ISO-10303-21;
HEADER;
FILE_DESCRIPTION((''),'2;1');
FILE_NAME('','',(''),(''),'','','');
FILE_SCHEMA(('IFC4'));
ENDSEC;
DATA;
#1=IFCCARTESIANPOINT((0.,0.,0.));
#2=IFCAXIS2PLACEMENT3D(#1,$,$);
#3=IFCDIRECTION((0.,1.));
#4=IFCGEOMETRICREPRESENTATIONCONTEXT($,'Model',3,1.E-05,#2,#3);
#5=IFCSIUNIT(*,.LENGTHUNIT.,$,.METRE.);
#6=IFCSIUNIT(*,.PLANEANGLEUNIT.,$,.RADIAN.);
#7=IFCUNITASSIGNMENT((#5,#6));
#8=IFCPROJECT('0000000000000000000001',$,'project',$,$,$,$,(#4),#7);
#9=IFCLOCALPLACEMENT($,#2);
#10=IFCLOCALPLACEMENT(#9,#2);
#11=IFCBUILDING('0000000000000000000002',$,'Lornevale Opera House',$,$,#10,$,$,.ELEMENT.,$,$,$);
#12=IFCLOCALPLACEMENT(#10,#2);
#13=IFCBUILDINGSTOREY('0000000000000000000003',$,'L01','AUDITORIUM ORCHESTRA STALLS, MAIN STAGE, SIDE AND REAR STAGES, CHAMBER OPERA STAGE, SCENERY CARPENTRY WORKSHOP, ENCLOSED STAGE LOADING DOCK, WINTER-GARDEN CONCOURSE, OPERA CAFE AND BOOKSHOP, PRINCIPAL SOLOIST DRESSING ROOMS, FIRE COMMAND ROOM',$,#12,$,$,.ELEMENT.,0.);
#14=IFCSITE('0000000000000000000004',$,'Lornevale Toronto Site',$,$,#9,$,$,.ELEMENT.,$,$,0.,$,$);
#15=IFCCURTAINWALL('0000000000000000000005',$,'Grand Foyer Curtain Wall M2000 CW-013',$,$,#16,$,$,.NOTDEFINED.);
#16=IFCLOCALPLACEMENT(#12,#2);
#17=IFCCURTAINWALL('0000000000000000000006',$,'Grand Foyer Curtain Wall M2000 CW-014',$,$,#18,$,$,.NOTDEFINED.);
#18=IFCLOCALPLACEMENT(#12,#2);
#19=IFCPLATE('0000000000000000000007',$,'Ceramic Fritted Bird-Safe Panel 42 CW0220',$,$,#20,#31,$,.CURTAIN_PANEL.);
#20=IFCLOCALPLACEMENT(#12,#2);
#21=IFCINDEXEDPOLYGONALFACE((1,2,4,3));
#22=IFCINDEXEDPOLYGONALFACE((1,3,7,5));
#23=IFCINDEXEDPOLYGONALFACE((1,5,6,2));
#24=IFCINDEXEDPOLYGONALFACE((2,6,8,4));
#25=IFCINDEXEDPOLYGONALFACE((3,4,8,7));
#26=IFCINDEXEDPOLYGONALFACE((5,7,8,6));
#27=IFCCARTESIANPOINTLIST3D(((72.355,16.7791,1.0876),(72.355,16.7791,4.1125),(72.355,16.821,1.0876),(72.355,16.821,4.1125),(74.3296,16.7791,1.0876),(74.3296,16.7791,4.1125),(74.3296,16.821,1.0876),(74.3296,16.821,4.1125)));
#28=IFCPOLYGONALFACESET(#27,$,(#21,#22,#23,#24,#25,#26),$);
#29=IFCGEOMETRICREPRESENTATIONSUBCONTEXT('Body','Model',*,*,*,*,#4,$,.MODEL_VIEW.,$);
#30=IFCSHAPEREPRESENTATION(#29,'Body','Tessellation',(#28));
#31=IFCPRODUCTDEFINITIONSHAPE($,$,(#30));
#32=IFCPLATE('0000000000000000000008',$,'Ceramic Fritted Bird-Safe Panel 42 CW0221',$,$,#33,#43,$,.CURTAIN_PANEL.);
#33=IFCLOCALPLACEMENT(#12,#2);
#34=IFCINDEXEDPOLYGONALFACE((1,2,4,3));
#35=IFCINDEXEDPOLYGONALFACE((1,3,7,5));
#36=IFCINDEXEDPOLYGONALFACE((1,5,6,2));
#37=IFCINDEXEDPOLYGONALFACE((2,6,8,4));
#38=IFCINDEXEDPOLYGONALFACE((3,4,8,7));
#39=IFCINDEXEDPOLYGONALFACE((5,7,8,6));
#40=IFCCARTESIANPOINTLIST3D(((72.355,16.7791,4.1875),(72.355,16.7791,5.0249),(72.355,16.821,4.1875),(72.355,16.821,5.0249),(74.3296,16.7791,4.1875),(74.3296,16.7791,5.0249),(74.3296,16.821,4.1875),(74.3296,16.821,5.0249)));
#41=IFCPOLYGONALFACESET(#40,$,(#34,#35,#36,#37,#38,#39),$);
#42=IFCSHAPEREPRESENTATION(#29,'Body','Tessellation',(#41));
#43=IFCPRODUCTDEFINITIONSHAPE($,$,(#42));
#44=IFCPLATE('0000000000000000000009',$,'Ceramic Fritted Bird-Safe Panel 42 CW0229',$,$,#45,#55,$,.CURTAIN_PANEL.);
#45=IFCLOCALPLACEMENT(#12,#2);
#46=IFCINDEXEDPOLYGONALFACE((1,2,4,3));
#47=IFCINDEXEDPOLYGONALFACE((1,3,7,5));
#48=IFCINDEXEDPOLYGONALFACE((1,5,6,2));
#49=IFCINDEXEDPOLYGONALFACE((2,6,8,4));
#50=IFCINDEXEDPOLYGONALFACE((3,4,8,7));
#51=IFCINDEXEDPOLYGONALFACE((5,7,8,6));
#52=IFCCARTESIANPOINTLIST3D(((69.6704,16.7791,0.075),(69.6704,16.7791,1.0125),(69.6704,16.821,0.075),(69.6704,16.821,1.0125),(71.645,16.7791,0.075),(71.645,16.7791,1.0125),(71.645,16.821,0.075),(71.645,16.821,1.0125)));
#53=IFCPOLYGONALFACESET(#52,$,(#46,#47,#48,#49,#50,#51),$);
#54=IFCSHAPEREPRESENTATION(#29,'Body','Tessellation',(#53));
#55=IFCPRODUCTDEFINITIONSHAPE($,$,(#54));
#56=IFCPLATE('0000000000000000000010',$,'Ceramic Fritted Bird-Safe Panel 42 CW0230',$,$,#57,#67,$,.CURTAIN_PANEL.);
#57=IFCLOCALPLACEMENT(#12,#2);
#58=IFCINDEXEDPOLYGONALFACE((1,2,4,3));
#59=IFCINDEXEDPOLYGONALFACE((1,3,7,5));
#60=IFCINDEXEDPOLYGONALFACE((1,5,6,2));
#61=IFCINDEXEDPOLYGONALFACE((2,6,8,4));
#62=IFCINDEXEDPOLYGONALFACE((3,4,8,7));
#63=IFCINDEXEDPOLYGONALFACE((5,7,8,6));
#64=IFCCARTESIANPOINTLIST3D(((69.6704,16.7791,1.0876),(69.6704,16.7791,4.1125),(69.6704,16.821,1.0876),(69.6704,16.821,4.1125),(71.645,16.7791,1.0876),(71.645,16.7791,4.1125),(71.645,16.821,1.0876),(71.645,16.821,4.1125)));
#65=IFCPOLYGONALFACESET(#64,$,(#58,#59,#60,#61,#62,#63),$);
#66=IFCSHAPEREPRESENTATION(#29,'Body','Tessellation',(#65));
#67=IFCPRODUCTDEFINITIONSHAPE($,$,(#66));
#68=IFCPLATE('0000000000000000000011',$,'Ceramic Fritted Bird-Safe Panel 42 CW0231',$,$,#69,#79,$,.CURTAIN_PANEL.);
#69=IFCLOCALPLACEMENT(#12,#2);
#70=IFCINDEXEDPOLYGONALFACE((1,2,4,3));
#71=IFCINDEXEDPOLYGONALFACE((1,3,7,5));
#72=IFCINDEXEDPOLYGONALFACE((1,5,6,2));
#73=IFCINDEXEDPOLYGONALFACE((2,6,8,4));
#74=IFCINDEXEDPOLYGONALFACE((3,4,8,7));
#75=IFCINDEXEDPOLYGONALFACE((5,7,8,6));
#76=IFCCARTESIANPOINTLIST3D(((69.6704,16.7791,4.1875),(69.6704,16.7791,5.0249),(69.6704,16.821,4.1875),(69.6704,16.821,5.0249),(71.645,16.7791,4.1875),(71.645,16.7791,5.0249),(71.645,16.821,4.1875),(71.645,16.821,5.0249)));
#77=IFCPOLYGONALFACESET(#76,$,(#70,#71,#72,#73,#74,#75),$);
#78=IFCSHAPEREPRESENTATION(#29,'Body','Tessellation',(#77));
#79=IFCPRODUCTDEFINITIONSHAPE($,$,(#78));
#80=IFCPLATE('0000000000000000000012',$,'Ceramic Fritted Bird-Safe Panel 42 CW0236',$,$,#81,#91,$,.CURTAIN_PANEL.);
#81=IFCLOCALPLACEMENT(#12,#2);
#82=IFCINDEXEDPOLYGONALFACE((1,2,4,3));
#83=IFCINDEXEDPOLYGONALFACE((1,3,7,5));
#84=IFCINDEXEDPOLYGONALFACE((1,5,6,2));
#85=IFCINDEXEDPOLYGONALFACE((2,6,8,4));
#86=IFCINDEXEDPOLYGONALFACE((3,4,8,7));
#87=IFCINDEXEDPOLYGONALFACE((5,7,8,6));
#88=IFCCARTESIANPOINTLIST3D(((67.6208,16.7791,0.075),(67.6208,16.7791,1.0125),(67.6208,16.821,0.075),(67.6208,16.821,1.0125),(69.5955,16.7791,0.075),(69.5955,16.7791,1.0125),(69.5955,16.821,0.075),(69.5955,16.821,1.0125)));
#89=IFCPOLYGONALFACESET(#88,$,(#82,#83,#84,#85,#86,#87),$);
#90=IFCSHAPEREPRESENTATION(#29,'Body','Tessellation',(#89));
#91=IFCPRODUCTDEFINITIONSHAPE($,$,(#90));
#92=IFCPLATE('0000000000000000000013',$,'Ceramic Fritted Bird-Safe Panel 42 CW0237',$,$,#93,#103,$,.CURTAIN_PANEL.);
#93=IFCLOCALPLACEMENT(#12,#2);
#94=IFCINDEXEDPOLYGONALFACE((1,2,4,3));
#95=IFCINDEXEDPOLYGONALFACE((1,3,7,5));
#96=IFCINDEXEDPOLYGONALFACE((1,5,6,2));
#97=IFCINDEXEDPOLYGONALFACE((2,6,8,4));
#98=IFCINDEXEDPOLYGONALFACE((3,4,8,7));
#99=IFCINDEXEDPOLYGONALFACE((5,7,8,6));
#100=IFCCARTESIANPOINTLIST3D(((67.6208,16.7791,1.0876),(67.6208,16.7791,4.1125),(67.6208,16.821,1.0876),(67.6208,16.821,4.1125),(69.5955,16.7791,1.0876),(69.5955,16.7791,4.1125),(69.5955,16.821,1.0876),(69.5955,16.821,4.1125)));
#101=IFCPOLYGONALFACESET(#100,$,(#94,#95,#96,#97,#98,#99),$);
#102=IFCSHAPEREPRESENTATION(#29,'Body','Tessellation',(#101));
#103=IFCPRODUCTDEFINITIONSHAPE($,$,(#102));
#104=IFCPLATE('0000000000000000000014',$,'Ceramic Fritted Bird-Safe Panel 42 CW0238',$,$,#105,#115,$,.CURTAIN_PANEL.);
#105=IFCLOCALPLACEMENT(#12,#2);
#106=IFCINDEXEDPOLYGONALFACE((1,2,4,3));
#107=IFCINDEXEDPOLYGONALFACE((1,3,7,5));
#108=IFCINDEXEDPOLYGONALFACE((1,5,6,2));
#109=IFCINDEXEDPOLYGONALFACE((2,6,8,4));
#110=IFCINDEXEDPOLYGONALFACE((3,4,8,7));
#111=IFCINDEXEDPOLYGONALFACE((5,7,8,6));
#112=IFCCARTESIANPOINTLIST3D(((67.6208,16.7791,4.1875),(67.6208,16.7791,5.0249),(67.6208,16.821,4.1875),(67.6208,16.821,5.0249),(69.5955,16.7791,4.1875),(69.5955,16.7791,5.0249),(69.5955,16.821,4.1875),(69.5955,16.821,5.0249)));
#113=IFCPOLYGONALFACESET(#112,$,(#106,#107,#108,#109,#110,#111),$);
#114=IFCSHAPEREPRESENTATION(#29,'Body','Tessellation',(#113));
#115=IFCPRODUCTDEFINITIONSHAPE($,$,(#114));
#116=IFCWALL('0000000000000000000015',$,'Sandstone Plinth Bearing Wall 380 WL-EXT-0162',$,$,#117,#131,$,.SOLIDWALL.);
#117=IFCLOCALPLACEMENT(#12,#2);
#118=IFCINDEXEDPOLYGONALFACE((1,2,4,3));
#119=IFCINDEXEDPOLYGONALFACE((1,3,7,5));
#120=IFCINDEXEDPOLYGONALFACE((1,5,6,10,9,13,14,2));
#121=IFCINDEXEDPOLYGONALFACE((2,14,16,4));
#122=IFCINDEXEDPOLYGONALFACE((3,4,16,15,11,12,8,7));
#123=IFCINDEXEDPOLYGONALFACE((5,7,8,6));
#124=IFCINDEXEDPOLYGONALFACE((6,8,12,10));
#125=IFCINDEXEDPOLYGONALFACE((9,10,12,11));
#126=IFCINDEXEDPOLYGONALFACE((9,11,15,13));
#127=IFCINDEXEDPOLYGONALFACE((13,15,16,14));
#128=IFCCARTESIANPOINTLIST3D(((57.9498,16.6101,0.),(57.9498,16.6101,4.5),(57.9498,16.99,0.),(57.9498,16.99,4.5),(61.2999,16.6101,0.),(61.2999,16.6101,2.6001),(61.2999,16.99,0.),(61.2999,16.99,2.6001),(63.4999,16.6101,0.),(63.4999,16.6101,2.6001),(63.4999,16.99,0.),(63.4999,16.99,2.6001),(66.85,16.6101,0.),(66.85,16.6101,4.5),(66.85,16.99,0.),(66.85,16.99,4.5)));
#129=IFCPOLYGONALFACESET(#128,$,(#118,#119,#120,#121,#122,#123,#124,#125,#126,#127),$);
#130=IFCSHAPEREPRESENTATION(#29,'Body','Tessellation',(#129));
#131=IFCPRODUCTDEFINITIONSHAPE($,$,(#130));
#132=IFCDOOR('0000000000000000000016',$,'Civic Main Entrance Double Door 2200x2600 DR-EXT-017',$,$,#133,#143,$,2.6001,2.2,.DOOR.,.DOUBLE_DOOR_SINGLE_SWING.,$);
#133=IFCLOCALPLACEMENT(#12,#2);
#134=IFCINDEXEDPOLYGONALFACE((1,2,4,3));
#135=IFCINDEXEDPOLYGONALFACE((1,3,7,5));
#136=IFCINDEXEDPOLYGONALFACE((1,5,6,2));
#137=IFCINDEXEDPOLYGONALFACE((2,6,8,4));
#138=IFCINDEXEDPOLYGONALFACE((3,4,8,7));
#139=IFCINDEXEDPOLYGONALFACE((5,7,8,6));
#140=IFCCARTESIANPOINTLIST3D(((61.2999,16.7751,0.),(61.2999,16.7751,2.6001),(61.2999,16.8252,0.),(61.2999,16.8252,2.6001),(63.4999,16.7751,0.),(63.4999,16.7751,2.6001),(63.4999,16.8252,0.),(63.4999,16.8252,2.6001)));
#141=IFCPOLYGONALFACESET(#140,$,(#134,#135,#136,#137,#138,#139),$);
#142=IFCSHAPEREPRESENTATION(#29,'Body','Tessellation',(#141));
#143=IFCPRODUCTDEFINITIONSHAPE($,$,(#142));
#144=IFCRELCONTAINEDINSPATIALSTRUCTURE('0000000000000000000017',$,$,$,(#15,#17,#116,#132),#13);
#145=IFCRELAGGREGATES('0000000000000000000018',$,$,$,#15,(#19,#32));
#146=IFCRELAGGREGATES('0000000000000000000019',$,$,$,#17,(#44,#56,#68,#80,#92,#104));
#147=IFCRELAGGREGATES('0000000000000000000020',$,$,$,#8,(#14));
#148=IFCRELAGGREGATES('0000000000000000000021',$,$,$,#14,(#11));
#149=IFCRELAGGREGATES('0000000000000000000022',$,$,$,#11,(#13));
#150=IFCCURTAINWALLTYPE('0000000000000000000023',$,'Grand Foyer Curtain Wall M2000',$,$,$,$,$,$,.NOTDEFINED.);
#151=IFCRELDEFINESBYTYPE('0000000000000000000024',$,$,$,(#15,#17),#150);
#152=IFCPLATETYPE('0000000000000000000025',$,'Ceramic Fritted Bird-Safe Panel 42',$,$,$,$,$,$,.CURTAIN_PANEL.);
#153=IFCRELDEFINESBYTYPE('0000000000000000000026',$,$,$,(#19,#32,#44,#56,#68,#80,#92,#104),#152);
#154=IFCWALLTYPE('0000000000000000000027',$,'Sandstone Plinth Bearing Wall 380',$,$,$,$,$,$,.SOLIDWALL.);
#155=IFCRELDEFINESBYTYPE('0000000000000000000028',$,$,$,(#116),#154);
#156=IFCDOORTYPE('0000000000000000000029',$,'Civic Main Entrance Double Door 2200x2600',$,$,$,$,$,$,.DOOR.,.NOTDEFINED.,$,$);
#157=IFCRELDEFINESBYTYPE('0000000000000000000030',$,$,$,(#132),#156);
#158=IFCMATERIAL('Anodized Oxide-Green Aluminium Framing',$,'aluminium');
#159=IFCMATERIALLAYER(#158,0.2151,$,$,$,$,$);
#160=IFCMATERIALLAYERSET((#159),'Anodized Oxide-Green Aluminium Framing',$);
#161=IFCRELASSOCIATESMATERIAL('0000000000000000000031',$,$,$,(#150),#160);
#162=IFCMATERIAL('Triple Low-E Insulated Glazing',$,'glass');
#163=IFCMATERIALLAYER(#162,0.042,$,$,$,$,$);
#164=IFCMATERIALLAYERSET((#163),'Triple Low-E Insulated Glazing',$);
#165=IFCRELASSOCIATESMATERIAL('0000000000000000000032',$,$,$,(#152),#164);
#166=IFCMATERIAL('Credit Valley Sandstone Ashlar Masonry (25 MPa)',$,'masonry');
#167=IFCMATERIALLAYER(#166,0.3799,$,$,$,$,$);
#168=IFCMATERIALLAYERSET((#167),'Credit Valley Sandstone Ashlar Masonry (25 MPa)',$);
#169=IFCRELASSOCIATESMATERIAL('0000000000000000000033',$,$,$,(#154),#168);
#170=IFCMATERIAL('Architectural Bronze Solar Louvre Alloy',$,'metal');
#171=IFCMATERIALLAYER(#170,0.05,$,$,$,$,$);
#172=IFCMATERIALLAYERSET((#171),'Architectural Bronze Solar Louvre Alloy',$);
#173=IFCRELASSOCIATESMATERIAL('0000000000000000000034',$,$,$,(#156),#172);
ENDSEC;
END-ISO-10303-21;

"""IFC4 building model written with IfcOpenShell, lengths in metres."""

from ifc_helpers import new_model, si_unit, direction, frame, frame_2d, origin, origin_2d, place, context, subcontext, project, spatial, rectangle, extrude, material, layer, layer_set, type_object, element, fill, aggregate, save


model = new_model("IFC4")

# Units and contexts
model_context = context("Model", 3, precision=1e-05, world=origin(), true_north=direction((0.0, 1.0)))
body_context = subcontext(model_context, "Body", "Model", "MODEL_VIEW")
ifc_project = project(units=[si_unit("LENGTHUNIT", "METRE"), si_unit("PLANEANGLEUNIT", "RADIAN")], contexts=[model_context])

# Site, building, storey
site_placement = place(None, origin())
site = spatial("IfcSite", under=ifc_project, at=site_placement, Name="Lornevale Toronto Site", CompositionType="ELEMENT", RefElevation=0.0)
building_placement = place(site_placement, origin())
building = spatial("IfcBuilding", under=site, at=building_placement, Name="Lornevale Opera House", CompositionType="ELEMENT")
storey_placement = place(building_placement, origin())
storey = spatial("IfcBuildingStorey", under=building, at=storey_placement, Name="L01", Description="AUDITORIUM ORCHESTRA STALLS, MAIN STAGE, SIDE AND REAR STAGES, CHAMBER OPERA STAGE, SCENERY CARPENTRY WORKSHOP, ENCLOSED STAGE LOADING DOCK, WINTER-GARDEN CONCOURSE, OPERA CAFE AND BOOKSHOP, PRINCIPAL SOLOIST DRESSING ROOMS, FIRE COMMAND ROOM", CompositionType="ELEMENT", Elevation=0.0)

# Curtain wall
ifc_material_1 = material(Name="Anodized Oxide-Green Aluminium Framing", Category="aluminium")
ifc_layer_1 = layer(ifc_material_1, 0.2151)
ifc_layer_set_1 = layer_set([ifc_layer_1], Name="Anodized Oxide-Green Aluminium Framing")
curtain_wall_type = type_object("IfcCurtainWallType", Name="Grand Foyer Curtain Wall M2000", PredefinedType="NOTDEFINED", material=ifc_layer_set_1)
curtain_wall_1_placement = place(storey_placement, origin())
curtain_wall_1 = element("IfcCurtainWall", 1, at=curtain_wall_1_placement, inside=storey, type_object=curtain_wall_type, Name="Grand Foyer Curtain Wall M2000 CW-013", PredefinedType="NOTDEFINED")

# Curtain wall
curtain_wall_2_placement = place(storey_placement, origin())
curtain_wall_2 = element("IfcCurtainWall", 2, at=curtain_wall_2_placement, inside=storey, type_object=curtain_wall_type, Name="Grand Foyer Curtain Wall M2000 CW-014", PredefinedType="NOTDEFINED")

# Shared definitions
ifc_material_2 = material(Name="Architectural Bronze Solar Louvre Alloy", Category="metal")

# Plates
ifc_material_3 = material(Name="Triple Low-E Insulated Glazing", Category="glass")
ifc_layer_2 = layer(ifc_material_3, 0.042)
ifc_layer_set_2 = layer_set([ifc_layer_2], Name="Triple Low-E Insulated Glazing")
plate_type = type_object("IfcPlateType", Name="Ceramic Fritted Bird-Safe Panel 42", PredefinedType="CURTAIN_PANEL", material=ifc_layer_set_2)
plate_1_placement = place(storey_placement, frame((73.3423, 16.8, 1.0876), z_axis=(0.0, 0.0, 1.0), x_axis=(-1.0, 0.0, 0.0)))
plate_1 = element("IfcPlate", 3, at=plate_1_placement, type_object=plate_type, Name="Ceramic Fritted Bird-Safe Panel 42 CW0220", PredefinedType="CURTAIN_PANEL", context=body_context, shape_type="SweptSolid", body=[
    extrude(rectangle(XDim=1.9746, YDim=0.042, at=origin_2d()), origin(), (0.0, 0.0, 1.0), 3.0249),
])
plate_2_placement = place(storey_placement, frame((73.3423, 16.8, 4.1875), z_axis=(0.0, 0.0, 1.0), x_axis=(-1.0, 0.0, 0.0)))
plate_2 = element("IfcPlate", 4, at=plate_2_placement, type_object=plate_type, Name="Ceramic Fritted Bird-Safe Panel 42 CW0221", PredefinedType="CURTAIN_PANEL", context=body_context, shape_type="SweptSolid", body=[
    extrude(rectangle(XDim=1.9746, YDim=0.042, at=origin_2d()), origin(), (0.0, 0.0, 1.0), 0.8374),
])
aggregate(curtain_wall_1, [plate_1, plate_2])
plate_3_placement = place(storey_placement, frame((70.6577, 16.8, 0.075), z_axis=(0.0, 0.0, 1.0), x_axis=(-1.0, 0.0, 0.0)))
plate_3 = element("IfcPlate", 5, at=plate_3_placement, type_object=plate_type, Name="Ceramic Fritted Bird-Safe Panel 42 CW0229", PredefinedType="CURTAIN_PANEL", context=body_context, shape_type="SweptSolid", body=[
    extrude(rectangle(XDim=1.9746, YDim=0.042, at=origin_2d()), origin(), (0.0, 0.0, 1.0), 0.9375),
])
plate_4_placement = place(storey_placement, frame((70.6577, 16.8, 1.0876), z_axis=(0.0, 0.0, 1.0), x_axis=(-1.0, 0.0, 0.0)))
plate_4 = element("IfcPlate", 6, at=plate_4_placement, type_object=plate_type, Name="Ceramic Fritted Bird-Safe Panel 42 CW0230", PredefinedType="CURTAIN_PANEL", context=body_context, shape_type="SweptSolid", body=[
    extrude(rectangle(XDim=1.9746, YDim=0.042, at=origin_2d()), origin(), (0.0, 0.0, 1.0), 3.0249),
])
plate_5_placement = place(storey_placement, frame((70.6577, 16.8, 4.1875), z_axis=(0.0, 0.0, 1.0), x_axis=(-1.0, 0.0, 0.0)))
plate_5 = element("IfcPlate", 7, at=plate_5_placement, type_object=plate_type, Name="Ceramic Fritted Bird-Safe Panel 42 CW0231", PredefinedType="CURTAIN_PANEL", context=body_context, shape_type="SweptSolid", body=[
    extrude(rectangle(XDim=1.9746, YDim=0.042, at=origin_2d()), origin(), (0.0, 0.0, 1.0), 0.8374),
])
plate_6_placement = place(storey_placement, frame((68.6082, 16.8, 0.075), z_axis=(0.0, 0.0, 1.0), x_axis=(-1.0, 0.0, 0.0)))
plate_6 = element("IfcPlate", 8, at=plate_6_placement, type_object=plate_type, Name="Ceramic Fritted Bird-Safe Panel 42 CW0236", PredefinedType="CURTAIN_PANEL", context=body_context, shape_type="SweptSolid", body=[
    extrude(rectangle(XDim=1.9746, YDim=0.042, at=origin_2d()), origin(), (0.0, 0.0, 1.0), 0.9375),
])
plate_7_placement = place(storey_placement, frame((68.6082, 16.8, 1.0876), z_axis=(0.0, 0.0, 1.0), x_axis=(-1.0, 0.0, 0.0)))
plate_7 = element("IfcPlate", 9, at=plate_7_placement, type_object=plate_type, Name="Ceramic Fritted Bird-Safe Panel 42 CW0237", PredefinedType="CURTAIN_PANEL", context=body_context, shape_type="SweptSolid", body=[
    extrude(rectangle(XDim=1.9746, YDim=0.042, at=origin_2d()), origin(), (0.0, 0.0, 1.0), 3.0249),
])
plate_8_placement = place(storey_placement, frame((68.6082, 16.8, 4.1875), z_axis=(0.0, 0.0, 1.0), x_axis=(-1.0, 0.0, 0.0)))
plate_8 = element("IfcPlate", 10, at=plate_8_placement, type_object=plate_type, Name="Ceramic Fritted Bird-Safe Panel 42 CW0238", PredefinedType="CURTAIN_PANEL", context=body_context, shape_type="SweptSolid", body=[
    extrude(rectangle(XDim=1.9746, YDim=0.042, at=origin_2d()), origin(), (0.0, 0.0, 1.0), 0.8374),
])
aggregate(curtain_wall_2, [plate_3, plate_4, plate_5, plate_6, plate_7, plate_8])

# Wall, opening, door
ifc_material_4 = material(Name="Credit Valley Sandstone Ashlar Masonry (25 MPa)", Category="masonry")
ifc_layer_3 = layer(ifc_material_4, 0.3799)
ifc_layer_set_3 = layer_set([ifc_layer_3], Name="Credit Valley Sandstone Ashlar Masonry (25 MPa)")
wall_type = type_object("IfcWallType", Name="Sandstone Plinth Bearing Wall 380", PredefinedType="SOLIDWALL", material=ifc_layer_set_3)
wall_placement = place(storey_placement, frame((66.8501, 16.8, 0.0), z_axis=(0.0, 0.0, 1.0), x_axis=(-1.0, 0.0, 0.0)))
wall = element("IfcWall", 11, at=wall_placement, inside=storey, type_object=wall_type, Name="Sandstone Plinth Bearing Wall 380 WL-EXT-0162", PredefinedType="SOLIDWALL", context=body_context, shape_type="SweptSolid", body=[
    extrude(rectangle(XDim=8.9001, YDim=0.3799, at=frame_2d((4.4502, 0.0))), origin(), (0.0, 0.0, 1.0), 4.5),
])
opening_placement = place(wall_placement, frame((3.3501, 0.0, 0.0)))
opening = element("IfcOpeningElement", 12, at=opening_placement, cuts=wall, PredefinedType="OPENING", context=body_context, shape_type="SweptSolid", body=[
    extrude(rectangle(XDim=2.2, YDim=2.6001, at=frame_2d((1.1001, 1.3))), frame((0.0, 0.2, 0.0), z_axis=(0.0, -1.0, 0.0), x_axis=(1.0, 0.0, 0.0)), (0.0, 0.0, 1.0), 0.3999),
])
ifc_layer_4 = layer(ifc_material_2, 0.05)
ifc_layer_set_4 = layer_set([ifc_layer_4], Name="Architectural Bronze Solar Louvre Alloy")
door_type = type_object("IfcDoorType", Name="Civic Main Entrance Double Door 2200x2600", OperationType="NOTDEFINED", PredefinedType="DOOR", material=ifc_layer_set_4)
door_placement = place(opening_placement, origin())
door = element("IfcDoor", 13, at=door_placement, inside=storey, type_object=door_type, Name="Civic Main Entrance Double Door 2200x2600 DR-EXT-017", OperationType="DOUBLE_DOOR_SINGLE_SWING", OverallHeight=2.6001, OverallWidth=2.2, PredefinedType="DOOR", context=body_context, shape_type="SweptSolid", body=[
    extrude(rectangle(XDim=2.2, YDim=2.6001, at=frame_2d((1.1001, 1.3))), frame((0.0, 0.0249, 0.0), z_axis=(0.0, -1.0, 0.0), x_axis=(1.0, 0.0, 0.0)), (0.0, 0.0, 1.0), 0.05),
])
fill(opening, door)

save(model, "model.ifc")
